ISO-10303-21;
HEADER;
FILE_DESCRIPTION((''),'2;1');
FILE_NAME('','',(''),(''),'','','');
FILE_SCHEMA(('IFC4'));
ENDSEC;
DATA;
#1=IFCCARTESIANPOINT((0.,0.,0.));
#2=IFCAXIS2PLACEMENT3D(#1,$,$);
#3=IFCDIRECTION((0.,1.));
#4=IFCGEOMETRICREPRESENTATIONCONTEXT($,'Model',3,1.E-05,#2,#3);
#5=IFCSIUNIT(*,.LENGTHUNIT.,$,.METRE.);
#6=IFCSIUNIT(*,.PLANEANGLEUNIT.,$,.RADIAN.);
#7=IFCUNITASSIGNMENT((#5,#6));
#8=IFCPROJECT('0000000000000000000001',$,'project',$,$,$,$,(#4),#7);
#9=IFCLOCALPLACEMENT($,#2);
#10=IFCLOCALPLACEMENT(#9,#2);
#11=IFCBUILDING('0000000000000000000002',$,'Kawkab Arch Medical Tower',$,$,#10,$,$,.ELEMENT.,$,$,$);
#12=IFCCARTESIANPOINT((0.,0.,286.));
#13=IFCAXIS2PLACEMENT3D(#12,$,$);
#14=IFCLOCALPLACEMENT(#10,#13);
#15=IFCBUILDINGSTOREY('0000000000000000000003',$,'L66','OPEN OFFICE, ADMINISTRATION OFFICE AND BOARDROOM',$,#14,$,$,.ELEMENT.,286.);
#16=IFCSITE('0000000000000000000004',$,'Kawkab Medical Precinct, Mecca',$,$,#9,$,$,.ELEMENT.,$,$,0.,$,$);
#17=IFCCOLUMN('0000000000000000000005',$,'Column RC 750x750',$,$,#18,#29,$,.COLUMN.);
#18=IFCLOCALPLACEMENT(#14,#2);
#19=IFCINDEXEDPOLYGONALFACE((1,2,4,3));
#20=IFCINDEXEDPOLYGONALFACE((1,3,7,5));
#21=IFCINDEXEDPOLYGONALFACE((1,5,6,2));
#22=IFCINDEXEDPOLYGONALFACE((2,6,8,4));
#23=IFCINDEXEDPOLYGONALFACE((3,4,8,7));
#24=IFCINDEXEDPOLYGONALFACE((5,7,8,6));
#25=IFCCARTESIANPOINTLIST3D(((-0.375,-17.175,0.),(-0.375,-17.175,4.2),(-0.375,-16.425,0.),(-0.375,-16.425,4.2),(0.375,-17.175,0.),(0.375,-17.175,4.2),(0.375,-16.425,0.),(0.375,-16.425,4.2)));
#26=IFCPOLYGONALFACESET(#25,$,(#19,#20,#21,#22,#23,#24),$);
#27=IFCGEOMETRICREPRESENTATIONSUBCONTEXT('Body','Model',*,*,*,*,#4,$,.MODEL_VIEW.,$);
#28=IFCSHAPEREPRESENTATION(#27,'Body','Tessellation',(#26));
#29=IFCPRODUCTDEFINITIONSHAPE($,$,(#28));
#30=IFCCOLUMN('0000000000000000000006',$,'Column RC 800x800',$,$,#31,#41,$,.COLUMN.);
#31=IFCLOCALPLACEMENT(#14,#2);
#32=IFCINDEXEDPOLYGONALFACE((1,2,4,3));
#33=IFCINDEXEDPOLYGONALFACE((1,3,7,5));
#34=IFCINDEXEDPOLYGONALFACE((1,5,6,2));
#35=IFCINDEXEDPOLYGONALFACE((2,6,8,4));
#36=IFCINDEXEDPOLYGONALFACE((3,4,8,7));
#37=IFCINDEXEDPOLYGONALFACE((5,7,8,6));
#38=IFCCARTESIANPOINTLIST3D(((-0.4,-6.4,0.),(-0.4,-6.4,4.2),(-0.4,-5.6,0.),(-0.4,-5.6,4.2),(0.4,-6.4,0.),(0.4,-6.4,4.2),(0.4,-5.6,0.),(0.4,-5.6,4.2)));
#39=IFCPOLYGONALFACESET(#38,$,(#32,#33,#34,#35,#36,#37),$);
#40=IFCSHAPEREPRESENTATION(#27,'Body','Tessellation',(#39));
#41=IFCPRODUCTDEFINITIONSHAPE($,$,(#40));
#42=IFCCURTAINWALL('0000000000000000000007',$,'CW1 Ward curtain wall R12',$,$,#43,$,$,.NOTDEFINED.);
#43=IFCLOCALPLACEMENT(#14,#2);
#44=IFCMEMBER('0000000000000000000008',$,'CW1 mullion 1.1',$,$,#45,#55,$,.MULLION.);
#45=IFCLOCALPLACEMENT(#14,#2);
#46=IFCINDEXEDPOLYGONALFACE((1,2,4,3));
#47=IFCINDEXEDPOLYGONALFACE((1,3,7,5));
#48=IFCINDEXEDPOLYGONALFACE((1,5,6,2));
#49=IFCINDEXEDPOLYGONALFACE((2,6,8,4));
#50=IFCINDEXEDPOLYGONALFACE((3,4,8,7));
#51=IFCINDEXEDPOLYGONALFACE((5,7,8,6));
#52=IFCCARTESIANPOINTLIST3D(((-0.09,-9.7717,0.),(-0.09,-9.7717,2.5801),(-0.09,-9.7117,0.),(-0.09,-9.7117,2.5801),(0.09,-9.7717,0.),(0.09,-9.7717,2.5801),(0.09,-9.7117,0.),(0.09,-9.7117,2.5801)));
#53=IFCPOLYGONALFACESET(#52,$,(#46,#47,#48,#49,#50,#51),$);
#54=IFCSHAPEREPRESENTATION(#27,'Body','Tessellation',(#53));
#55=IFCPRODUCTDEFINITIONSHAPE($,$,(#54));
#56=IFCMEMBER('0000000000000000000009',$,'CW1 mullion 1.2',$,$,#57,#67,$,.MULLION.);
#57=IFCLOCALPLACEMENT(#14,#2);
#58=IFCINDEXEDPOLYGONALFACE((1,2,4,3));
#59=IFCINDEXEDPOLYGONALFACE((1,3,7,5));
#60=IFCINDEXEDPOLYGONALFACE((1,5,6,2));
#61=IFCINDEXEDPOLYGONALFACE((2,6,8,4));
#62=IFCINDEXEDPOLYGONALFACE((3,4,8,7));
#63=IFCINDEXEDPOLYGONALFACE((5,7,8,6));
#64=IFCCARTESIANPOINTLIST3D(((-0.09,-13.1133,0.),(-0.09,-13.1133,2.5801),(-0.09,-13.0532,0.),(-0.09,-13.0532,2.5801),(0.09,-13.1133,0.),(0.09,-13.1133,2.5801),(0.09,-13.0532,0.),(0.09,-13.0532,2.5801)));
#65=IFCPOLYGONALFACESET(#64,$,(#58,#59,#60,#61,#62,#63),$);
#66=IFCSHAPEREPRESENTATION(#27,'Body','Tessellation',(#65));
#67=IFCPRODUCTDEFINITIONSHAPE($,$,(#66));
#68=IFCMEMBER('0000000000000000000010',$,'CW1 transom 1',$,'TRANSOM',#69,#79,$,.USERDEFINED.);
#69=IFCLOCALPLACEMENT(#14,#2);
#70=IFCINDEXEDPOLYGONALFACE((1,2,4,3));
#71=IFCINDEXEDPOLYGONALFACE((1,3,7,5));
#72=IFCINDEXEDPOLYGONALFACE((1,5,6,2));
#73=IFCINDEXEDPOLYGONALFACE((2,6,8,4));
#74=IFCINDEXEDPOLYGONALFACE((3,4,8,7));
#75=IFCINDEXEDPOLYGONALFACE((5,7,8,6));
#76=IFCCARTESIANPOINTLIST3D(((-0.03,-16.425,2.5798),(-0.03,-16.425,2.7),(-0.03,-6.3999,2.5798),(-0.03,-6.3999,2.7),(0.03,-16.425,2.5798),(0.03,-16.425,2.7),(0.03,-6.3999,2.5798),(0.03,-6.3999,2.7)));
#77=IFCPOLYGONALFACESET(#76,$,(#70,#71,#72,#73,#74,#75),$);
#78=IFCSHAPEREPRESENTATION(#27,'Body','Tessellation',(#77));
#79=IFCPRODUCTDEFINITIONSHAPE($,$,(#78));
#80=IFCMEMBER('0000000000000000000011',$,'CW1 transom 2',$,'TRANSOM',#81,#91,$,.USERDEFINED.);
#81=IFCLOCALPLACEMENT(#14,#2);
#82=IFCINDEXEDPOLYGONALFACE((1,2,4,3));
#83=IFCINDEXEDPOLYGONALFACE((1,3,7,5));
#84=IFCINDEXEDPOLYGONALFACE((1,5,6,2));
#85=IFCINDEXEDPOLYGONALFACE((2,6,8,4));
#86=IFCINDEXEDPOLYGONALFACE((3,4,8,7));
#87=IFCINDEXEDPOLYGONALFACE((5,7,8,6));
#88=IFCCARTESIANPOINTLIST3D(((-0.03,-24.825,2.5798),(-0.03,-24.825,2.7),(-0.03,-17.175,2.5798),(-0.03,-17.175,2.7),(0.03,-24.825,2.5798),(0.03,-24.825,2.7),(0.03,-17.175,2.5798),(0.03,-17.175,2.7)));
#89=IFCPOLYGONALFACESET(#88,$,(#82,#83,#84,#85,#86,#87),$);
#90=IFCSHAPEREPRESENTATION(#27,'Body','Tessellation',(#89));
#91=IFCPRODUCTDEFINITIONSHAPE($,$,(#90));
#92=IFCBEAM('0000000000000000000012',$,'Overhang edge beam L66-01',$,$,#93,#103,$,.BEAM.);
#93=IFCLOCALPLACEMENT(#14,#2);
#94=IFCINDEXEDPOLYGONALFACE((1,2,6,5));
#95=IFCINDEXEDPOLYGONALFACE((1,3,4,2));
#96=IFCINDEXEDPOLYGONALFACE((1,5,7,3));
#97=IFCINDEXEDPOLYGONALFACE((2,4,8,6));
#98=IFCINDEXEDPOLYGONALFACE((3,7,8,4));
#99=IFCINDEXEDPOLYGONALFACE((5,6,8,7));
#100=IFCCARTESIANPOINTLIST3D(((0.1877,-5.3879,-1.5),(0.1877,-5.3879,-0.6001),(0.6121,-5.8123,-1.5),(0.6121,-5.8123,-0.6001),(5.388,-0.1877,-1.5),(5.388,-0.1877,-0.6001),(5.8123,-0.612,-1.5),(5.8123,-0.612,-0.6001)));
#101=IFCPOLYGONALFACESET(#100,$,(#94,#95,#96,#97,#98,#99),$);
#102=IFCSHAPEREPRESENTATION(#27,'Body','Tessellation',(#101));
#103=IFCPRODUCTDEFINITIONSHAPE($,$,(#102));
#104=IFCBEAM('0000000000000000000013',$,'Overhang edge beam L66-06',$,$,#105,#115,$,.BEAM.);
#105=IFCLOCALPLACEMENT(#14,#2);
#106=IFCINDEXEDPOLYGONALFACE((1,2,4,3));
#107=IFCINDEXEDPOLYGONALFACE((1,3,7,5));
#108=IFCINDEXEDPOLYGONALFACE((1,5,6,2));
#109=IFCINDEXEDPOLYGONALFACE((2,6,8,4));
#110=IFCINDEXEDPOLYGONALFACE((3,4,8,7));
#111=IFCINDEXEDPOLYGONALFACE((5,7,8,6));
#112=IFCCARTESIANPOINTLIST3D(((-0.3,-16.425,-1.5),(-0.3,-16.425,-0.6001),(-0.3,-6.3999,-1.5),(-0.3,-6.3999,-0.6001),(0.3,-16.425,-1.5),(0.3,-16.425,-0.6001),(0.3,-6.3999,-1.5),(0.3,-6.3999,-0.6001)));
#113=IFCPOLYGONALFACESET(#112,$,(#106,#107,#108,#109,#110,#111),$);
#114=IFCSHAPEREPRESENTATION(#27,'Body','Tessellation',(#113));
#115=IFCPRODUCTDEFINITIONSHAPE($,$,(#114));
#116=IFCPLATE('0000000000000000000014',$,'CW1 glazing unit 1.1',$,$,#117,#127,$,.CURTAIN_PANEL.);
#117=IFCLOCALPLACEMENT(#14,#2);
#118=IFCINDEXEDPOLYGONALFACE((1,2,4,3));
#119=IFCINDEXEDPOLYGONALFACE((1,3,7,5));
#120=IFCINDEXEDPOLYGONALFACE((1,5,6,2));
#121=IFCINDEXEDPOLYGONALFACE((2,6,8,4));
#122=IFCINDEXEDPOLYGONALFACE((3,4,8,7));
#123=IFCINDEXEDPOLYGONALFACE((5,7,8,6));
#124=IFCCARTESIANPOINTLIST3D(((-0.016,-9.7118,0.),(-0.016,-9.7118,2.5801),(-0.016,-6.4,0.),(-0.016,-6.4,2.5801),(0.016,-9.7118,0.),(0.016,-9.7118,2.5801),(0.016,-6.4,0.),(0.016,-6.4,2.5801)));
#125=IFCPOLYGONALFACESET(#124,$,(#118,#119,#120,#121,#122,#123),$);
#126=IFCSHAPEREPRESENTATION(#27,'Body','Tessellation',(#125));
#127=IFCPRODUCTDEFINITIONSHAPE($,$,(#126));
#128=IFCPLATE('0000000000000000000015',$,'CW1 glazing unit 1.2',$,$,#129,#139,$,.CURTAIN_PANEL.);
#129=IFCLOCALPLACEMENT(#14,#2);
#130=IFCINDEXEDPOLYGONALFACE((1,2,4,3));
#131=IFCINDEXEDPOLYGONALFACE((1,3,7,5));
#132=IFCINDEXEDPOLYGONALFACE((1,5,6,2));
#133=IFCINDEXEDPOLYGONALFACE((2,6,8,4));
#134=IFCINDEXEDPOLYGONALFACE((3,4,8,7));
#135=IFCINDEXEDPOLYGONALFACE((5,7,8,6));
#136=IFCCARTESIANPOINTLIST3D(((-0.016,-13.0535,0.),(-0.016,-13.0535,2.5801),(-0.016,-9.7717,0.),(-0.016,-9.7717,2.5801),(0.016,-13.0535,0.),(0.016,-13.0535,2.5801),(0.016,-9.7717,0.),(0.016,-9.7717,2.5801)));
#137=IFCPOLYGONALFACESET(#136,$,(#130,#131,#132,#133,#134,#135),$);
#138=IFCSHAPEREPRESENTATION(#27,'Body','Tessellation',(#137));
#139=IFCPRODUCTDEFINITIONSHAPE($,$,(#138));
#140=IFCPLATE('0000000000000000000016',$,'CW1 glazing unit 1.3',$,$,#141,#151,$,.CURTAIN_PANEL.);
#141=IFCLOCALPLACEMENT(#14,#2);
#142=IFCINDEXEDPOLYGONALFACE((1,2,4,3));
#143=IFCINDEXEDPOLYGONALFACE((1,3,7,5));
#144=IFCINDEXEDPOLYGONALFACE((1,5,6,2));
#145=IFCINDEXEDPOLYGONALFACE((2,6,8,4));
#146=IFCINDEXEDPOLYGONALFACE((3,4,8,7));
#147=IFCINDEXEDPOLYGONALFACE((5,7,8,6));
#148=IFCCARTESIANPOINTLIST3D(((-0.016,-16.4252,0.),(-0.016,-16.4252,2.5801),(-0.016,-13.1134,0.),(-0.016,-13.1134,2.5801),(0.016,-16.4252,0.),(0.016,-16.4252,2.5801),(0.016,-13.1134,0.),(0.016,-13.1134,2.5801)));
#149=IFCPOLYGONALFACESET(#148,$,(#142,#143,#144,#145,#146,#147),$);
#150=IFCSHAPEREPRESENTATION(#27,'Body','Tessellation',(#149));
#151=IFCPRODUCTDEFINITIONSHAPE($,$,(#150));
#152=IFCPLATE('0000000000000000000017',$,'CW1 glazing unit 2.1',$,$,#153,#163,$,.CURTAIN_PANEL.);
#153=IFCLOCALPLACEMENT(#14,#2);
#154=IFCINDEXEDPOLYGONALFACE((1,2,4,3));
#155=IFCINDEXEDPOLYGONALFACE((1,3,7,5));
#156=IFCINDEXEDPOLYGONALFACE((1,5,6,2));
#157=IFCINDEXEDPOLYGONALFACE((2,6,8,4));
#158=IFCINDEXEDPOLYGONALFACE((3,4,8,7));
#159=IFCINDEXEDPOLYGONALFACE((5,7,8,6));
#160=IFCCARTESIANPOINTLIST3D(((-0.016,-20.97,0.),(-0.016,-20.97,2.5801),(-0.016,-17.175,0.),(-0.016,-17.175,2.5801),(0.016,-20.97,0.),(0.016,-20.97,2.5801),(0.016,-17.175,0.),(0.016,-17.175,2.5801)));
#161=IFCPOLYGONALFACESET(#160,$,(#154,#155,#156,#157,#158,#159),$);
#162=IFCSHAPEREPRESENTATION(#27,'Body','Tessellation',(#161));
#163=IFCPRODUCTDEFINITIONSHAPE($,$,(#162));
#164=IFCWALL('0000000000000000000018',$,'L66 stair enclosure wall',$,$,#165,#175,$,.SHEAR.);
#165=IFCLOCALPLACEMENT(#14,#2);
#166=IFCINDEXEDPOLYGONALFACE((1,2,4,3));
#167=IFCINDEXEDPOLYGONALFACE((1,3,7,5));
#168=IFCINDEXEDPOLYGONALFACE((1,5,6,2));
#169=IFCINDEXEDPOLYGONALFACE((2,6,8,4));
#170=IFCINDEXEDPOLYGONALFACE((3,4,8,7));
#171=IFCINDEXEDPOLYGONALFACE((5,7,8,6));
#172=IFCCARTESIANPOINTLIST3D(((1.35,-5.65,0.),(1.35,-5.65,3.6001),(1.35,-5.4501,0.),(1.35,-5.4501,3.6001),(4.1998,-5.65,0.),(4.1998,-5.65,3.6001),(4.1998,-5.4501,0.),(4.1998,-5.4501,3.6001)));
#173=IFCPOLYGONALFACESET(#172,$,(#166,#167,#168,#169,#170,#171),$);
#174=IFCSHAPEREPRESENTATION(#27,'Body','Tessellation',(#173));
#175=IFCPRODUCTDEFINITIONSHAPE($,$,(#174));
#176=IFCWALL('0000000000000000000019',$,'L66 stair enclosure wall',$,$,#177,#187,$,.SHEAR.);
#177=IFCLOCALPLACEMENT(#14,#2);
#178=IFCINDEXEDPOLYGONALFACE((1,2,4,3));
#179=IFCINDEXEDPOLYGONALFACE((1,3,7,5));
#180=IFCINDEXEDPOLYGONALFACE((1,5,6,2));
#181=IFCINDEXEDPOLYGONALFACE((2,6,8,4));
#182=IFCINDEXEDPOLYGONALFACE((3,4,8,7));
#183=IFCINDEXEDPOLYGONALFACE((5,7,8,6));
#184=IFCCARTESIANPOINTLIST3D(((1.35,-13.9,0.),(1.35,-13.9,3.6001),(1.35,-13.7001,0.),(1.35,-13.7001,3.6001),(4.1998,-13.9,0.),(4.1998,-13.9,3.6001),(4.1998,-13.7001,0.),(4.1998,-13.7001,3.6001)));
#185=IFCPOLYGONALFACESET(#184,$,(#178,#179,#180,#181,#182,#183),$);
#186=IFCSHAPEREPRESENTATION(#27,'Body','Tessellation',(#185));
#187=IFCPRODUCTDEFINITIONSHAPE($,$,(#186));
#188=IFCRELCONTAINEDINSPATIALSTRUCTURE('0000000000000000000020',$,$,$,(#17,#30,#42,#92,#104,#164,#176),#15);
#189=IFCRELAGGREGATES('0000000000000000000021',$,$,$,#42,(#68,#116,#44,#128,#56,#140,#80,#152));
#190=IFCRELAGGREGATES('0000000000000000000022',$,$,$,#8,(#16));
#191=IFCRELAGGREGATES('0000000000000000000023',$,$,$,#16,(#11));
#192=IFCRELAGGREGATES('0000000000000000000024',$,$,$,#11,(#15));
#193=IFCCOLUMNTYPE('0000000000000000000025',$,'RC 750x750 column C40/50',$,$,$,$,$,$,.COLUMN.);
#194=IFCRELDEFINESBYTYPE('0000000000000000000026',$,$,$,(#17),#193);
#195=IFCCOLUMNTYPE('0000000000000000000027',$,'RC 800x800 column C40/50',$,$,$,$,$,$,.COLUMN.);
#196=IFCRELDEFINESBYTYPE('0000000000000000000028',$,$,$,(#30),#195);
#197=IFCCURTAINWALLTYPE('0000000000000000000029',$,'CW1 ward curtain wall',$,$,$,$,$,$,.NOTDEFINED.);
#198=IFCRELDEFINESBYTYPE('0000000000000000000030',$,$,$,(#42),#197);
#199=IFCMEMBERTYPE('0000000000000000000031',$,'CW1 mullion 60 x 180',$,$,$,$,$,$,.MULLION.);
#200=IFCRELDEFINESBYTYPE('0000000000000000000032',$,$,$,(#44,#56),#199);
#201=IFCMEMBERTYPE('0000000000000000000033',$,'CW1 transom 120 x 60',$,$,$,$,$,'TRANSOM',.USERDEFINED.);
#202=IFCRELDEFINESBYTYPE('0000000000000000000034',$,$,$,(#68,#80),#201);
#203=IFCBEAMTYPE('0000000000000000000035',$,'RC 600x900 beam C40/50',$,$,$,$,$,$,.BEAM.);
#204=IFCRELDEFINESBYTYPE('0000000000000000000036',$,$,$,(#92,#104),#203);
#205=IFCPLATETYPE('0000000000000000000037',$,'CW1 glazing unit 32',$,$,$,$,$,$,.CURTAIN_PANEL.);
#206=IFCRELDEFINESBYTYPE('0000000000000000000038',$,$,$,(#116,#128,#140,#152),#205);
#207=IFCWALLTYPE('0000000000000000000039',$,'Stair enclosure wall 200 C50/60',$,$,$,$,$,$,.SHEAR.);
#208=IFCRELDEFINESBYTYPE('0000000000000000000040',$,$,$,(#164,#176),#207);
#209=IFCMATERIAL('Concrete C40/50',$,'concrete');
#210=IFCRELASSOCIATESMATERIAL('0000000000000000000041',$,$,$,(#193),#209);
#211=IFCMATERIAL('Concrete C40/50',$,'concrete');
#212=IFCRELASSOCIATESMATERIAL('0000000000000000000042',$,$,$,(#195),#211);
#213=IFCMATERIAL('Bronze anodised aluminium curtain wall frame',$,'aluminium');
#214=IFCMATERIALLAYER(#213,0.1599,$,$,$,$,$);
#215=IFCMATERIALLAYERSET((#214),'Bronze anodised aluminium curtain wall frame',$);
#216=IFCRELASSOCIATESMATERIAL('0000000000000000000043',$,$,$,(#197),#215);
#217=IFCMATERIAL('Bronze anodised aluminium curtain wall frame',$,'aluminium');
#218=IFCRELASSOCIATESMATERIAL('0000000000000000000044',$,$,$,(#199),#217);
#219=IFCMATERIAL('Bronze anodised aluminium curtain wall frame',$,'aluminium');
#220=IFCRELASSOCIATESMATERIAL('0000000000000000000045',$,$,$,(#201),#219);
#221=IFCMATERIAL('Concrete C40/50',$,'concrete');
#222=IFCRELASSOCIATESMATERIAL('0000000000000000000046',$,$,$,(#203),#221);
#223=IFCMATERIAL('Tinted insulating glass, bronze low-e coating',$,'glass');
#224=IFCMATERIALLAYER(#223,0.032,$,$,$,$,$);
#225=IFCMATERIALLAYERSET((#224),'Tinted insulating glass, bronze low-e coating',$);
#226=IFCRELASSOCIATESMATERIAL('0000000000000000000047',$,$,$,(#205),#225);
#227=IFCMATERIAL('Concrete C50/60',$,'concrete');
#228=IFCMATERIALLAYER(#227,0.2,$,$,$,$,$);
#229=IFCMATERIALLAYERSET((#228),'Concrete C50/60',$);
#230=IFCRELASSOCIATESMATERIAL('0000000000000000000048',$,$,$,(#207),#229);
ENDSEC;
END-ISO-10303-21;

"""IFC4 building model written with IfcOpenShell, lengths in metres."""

from ifc_helpers import new_model, si_unit, direction, frame, frame_2d, origin, origin_2d, place, context, subcontext, project, spatial, rectangle, extrude, material, layer, layer_set, material_profile, profile_set, type_object, element, aggregate, save


model = new_model("IFC4")

# Units and contexts
model_context = context("Model", 3, precision=1e-05, world=origin(), true_north=direction((0.0, 1.0)))
body_context = subcontext(model_context, "Body", "Model", "MODEL_VIEW")
ifc_project = project(units=[si_unit("LENGTHUNIT", "METRE"), si_unit("PLANEANGLEUNIT", "RADIAN")], contexts=[model_context])

# Site, building, storey
site_placement = place(None, origin())
site = spatial("IfcSite", under=ifc_project, at=site_placement, Name="Kawkab Medical Precinct, Mecca", CompositionType="ELEMENT", RefElevation=0.0)
building_placement = place(site_placement, origin())
building = spatial("IfcBuilding", under=site, at=building_placement, Name="Kawkab Arch Medical Tower", CompositionType="ELEMENT")
storey_placement = place(building_placement, frame((0.0, 0.0, 286.0)))
storey = spatial("IfcBuildingStorey", under=building, at=storey_placement, Name="L66", Description="OPEN OFFICE, ADMINISTRATION OFFICE AND BOARDROOM", CompositionType="ELEMENT", Elevation=286.0)

# Columns
ifc_material_1 = material(Name="Concrete C40/50", Category="concrete")
ifc_material_profile_1 = material_profile(ifc_material_1, rectangle(XDim=0.75, YDim=0.75, at=origin_2d()), Name="RC 750x750")
ifc_profile_set_1 = profile_set([ifc_material_profile_1], Name="Concrete C40/50")
column_type_1 = type_object("IfcColumnType", Name="RC 750x750 column C40/50", PredefinedType="COLUMN", material=ifc_profile_set_1)
column_1_placement = place(storey_placement, frame((0.0, -16.8, 0.0), z_axis=(0.0, 0.0, 1.0), x_axis=(1.0, 0.0, 0.0)))
element("IfcColumn", 1, at=column_1_placement, inside=storey, type_object=column_type_1, Name="Column RC 750x750", PredefinedType="COLUMN", context=body_context, shape_type="SweptSolid", body=[
    extrude(rectangle(XDim=0.75, YDim=0.75, at=origin_2d()), origin(), (0.0, 0.0, 1.0), 4.2),
])
ifc_material_2 = material(Name="Concrete C40/50", Category="concrete")
ifc_material_profile_2 = material_profile(ifc_material_2, rectangle(XDim=0.8, YDim=0.8, at=origin_2d()), Name="RC 800x800")
ifc_profile_set_2 = profile_set([ifc_material_profile_2], Name="Concrete C40/50")
column_type_2 = type_object("IfcColumnType", Name="RC 800x800 column C40/50", PredefinedType="COLUMN", material=ifc_profile_set_2)
column_2_placement = place(storey_placement, frame((0.0, -6.0, 0.0), z_axis=(0.0, 0.0, 1.0), x_axis=(1.0, 0.0, 0.0)))
element("IfcColumn", 2, at=column_2_placement, inside=storey, type_object=column_type_2, Name="Column RC 800x800", PredefinedType="COLUMN", context=body_context, shape_type="SweptSolid", body=[
    extrude(rectangle(XDim=0.8, YDim=0.8, at=origin_2d()), origin(), (0.0, 0.0, 1.0), 4.2),
])

# Curtain wall, members
ifc_material_3 = material(Name="Bronze anodised aluminium curtain wall frame", Category="aluminium")
ifc_layer_1 = layer(ifc_material_3, 0.1599)
ifc_layer_set_1 = layer_set([ifc_layer_1], Name="Bronze anodised aluminium curtain wall frame")
curtain_wall_type = type_object("IfcCurtainWallType", Name="CW1 ward curtain wall", PredefinedType="NOTDEFINED", material=ifc_layer_set_1)
placement = place(storey_placement, origin())
curtain_wall = element("IfcCurtainWall", 3, at=placement, inside=storey, type_object=curtain_wall_type, Name="CW1 Ward curtain wall R12", PredefinedType="NOTDEFINED")
ifc_material_4 = material(Name="Bronze anodised aluminium curtain wall frame", Category="aluminium")
ifc_material_profile_3 = material_profile(ifc_material_4, rectangle(XDim=0.1799, YDim=0.0601, at=origin_2d()), Name="AL 60x180")
ifc_profile_set_3 = profile_set([ifc_material_profile_3], Name="Bronze anodised aluminium curtain wall frame")
member_type_1 = type_object("IfcMemberType", Name="CW1 mullion 60 x 180", PredefinedType="MULLION", material=ifc_profile_set_3)
member_1_placement = place(storey_placement, frame((0.0, -9.7417, 0.0), z_axis=(0.0, 0.0, 1.0), x_axis=(1.0, 0.0, 0.0)))
member_1 = element("IfcMember", 4, at=member_1_placement, type_object=member_type_1, Name="CW1 mullion 1.1", PredefinedType="MULLION", context=body_context, shape_type="SweptSolid", body=[
    extrude(rectangle(XDim=0.1799, YDim=0.0601, at=origin_2d()), origin(), (0.0, 0.0, 1.0), 2.5801),
])
member_2_placement = place(storey_placement, frame((0.0, -13.0833, 0.0), z_axis=(0.0, 0.0, 1.0), x_axis=(1.0, 0.0, 0.0)))
member_2 = element("IfcMember", 5, at=member_2_placement, type_object=member_type_1, Name="CW1 mullion 1.2", PredefinedType="MULLION", context=body_context, shape_type="SweptSolid", body=[
    extrude(rectangle(XDim=0.1799, YDim=0.0601, at=origin_2d()), origin(), (0.0, 0.0, 1.0), 2.5801),
])
ifc_material_5 = material(Name="Bronze anodised aluminium curtain wall frame", Category="aluminium")
ifc_material_profile_4 = material_profile(ifc_material_5, rectangle(XDim=0.0601, YDim=0.1201, at=origin_2d()), Name="AL 60x120")
ifc_profile_set_4 = profile_set([ifc_material_profile_4], Name="Bronze anodised aluminium curtain wall frame")
member_type_2 = type_object("IfcMemberType", Name="CW1 transom 120 x 60", ElementType="TRANSOM", PredefinedType="USERDEFINED", material=ifc_profile_set_4)
member_3_placement = place(storey_placement, frame((0.0, -6.3999, 2.6399), z_axis=(0.0, -1.0, 0.0), x_axis=(1.0, 0.0, 0.0)))
member_3 = element("IfcMember", 6, at=member_3_placement, type_object=member_type_2, Name="CW1 transom 1", ObjectType="TRANSOM", PredefinedType="USERDEFINED", context=body_context, shape_type="SweptSolid", body=[
    extrude(rectangle(XDim=0.0601, YDim=0.1201, at=origin_2d()), origin(), (0.0, 0.0, 1.0), 10.0251),
])
member_4_placement = place(storey_placement, frame((0.0, -17.175, 2.6399), z_axis=(0.0, -1.0, 0.0), x_axis=(1.0, 0.0, 0.0)))
member_4 = element("IfcMember", 7, at=member_4_placement, type_object=member_type_2, Name="CW1 transom 2", ObjectType="TRANSOM", PredefinedType="USERDEFINED", context=body_context, shape_type="SweptSolid", body=[
    extrude(rectangle(XDim=0.0601, YDim=0.1201, at=origin_2d()), origin(), (0.0, 0.0, 1.0), 7.6499),
])

# Beams
ifc_material_6 = material(Name="Concrete C40/50", Category="concrete")
ifc_material_profile_5 = material_profile(ifc_material_6, rectangle(XDim=0.6001, YDim=0.8999, at=origin_2d()), Name="RC 600x900")
ifc_profile_set_5 = profile_set([ifc_material_profile_5], Name="Concrete C40/50")
beam_type = type_object("IfcBeamType", Name="RC 600x900 beam C40/50", PredefinedType="BEAM", material=ifc_profile_set_5)
beam_1_placement = place(storey_placement, frame((0.3999, -5.6001, -1.05), z_axis=(0.707107, 0.707107, 0.0), x_axis=(-0.707107, 0.707107, 0.0)))
element("IfcBeam", 8, at=beam_1_placement, inside=storey, type_object=beam_type, Name="Overhang edge beam L66-01", PredefinedType="BEAM", context=body_context, shape_type="SweptSolid", body=[
    extrude(rectangle(XDim=0.6001, YDim=0.8999, at=origin_2d()), origin(), (0.0, 0.0, 1.0), 7.3542),
])
beam_2_placement = place(storey_placement, frame((0.0, -16.425, -1.05), z_axis=(0.0, 1.0, 0.0), x_axis=(-1.0, 0.0, 0.0)))
element("IfcBeam", 9, at=beam_2_placement, inside=storey, type_object=beam_type, Name="Overhang edge beam L66-06", PredefinedType="BEAM", context=body_context, shape_type="SweptSolid", body=[
    extrude(rectangle(XDim=0.6001, YDim=0.8999, at=origin_2d()), origin(), (0.0, 0.0, 1.0), 10.0251),
])

# Plates
ifc_material_7 = material(Name="Tinted insulating glass, bronze low-e coating", Category="glass")
ifc_layer_2 = layer(ifc_material_7, 0.032)
ifc_layer_set_2 = layer_set([ifc_layer_2], Name="Tinted insulating glass, bronze low-e coating")
plate_type = type_object("IfcPlateType", Name="CW1 glazing unit 32", PredefinedType="CURTAIN_PANEL", material=ifc_layer_set_2)
plate_1_placement = place(storey_placement, frame((0.0, -8.0559, 0.0), z_axis=(0.0, 0.0, 1.0), x_axis=(0.0, -1.0, 0.0)))
plate_1 = element("IfcPlate", 10, at=plate_1_placement, type_object=plate_type, Name="CW1 glazing unit 1.1", PredefinedType="CURTAIN_PANEL", context=body_context, shape_type="SweptSolid", body=[
    extrude(rectangle(XDim=3.3118, YDim=0.032, at=origin_2d()), origin(), (0.0, 0.0, 1.0), 2.5801),
])
plate_2_placement = place(storey_placement, frame((0.0, -11.4126, 0.0), z_axis=(0.0, 0.0, 1.0), x_axis=(0.0, -1.0, 0.0)))
plate_2 = element("IfcPlate", 11, at=plate_2_placement, type_object=plate_type, Name="CW1 glazing unit 1.2", PredefinedType="CURTAIN_PANEL", context=body_context, shape_type="SweptSolid", body=[
    extrude(rectangle(XDim=3.2817, YDim=0.032, at=origin_2d()), origin(), (0.0, 0.0, 1.0), 2.5801),
])
plate_3_placement = place(storey_placement, frame((0.0, -14.7693, 0.0), z_axis=(0.0, 0.0, 1.0), x_axis=(0.0, -1.0, 0.0)))
plate_3 = element("IfcPlate", 12, at=plate_3_placement, type_object=plate_type, Name="CW1 glazing unit 1.3", PredefinedType="CURTAIN_PANEL", context=body_context, shape_type="SweptSolid", body=[
    extrude(rectangle(XDim=3.3118, YDim=0.032, at=origin_2d()), origin(), (0.0, 0.0, 1.0), 2.5801),
])
plate_4_placement = place(storey_placement, frame((0.0, -19.0725, 0.0), z_axis=(0.0, 0.0, 1.0), x_axis=(0.0, -1.0, 0.0)))
plate_4 = element("IfcPlate", 13, at=plate_4_placement, type_object=plate_type, Name="CW1 glazing unit 2.1", PredefinedType="CURTAIN_PANEL", context=body_context, shape_type="SweptSolid", body=[
    extrude(rectangle(XDim=3.7949, YDim=0.032, at=origin_2d()), origin(), (0.0, 0.0, 1.0), 2.5801),
])
aggregate(curtain_wall, [member_3, plate_1, member_1, plate_2, member_2, plate_3, member_4, plate_4])

# Walls
ifc_material_8 = material(Name="Concrete C50/60", Category="concrete")
ifc_layer_3 = layer(ifc_material_8, 0.2)
ifc_layer_set_3 = layer_set([ifc_layer_3], Name="Concrete C50/60")
wall_type_1 = type_object("IfcWallType", Name="Stair enclosure wall 200 C50/60", PredefinedType="SHEAR", material=ifc_layer_set_3)
for number, where, z_axis, x_axis, name in (
    (14, (1.3501, -5.55, 0.0), (0.0, 0.0, 1.0), (1.0, 0.0, 0.0), "L66 stair enclosure wall"),
    (15, (1.3501, -13.8, 0.0), (0.0, 0.0, 1.0), (1.0, 0.0, 0.0), "L66 stair enclosure wall"),
):
    element("IfcWall", number, at=place(storey_placement, frame(where, z_axis=z_axis, x_axis=x_axis)), inside=storey, type_object=wall_type_1, Name=name, PredefinedType="SHEAR", context=body_context, shape_type="SweptSolid", body=[
        extrude(rectangle(XDim=2.8499, YDim=0.2, at=frame_2d((1.4248, 0.0))), origin(), (0.0, 0.0, 1.0), 3.6001),
    ])

save(model, "model.ifc")
